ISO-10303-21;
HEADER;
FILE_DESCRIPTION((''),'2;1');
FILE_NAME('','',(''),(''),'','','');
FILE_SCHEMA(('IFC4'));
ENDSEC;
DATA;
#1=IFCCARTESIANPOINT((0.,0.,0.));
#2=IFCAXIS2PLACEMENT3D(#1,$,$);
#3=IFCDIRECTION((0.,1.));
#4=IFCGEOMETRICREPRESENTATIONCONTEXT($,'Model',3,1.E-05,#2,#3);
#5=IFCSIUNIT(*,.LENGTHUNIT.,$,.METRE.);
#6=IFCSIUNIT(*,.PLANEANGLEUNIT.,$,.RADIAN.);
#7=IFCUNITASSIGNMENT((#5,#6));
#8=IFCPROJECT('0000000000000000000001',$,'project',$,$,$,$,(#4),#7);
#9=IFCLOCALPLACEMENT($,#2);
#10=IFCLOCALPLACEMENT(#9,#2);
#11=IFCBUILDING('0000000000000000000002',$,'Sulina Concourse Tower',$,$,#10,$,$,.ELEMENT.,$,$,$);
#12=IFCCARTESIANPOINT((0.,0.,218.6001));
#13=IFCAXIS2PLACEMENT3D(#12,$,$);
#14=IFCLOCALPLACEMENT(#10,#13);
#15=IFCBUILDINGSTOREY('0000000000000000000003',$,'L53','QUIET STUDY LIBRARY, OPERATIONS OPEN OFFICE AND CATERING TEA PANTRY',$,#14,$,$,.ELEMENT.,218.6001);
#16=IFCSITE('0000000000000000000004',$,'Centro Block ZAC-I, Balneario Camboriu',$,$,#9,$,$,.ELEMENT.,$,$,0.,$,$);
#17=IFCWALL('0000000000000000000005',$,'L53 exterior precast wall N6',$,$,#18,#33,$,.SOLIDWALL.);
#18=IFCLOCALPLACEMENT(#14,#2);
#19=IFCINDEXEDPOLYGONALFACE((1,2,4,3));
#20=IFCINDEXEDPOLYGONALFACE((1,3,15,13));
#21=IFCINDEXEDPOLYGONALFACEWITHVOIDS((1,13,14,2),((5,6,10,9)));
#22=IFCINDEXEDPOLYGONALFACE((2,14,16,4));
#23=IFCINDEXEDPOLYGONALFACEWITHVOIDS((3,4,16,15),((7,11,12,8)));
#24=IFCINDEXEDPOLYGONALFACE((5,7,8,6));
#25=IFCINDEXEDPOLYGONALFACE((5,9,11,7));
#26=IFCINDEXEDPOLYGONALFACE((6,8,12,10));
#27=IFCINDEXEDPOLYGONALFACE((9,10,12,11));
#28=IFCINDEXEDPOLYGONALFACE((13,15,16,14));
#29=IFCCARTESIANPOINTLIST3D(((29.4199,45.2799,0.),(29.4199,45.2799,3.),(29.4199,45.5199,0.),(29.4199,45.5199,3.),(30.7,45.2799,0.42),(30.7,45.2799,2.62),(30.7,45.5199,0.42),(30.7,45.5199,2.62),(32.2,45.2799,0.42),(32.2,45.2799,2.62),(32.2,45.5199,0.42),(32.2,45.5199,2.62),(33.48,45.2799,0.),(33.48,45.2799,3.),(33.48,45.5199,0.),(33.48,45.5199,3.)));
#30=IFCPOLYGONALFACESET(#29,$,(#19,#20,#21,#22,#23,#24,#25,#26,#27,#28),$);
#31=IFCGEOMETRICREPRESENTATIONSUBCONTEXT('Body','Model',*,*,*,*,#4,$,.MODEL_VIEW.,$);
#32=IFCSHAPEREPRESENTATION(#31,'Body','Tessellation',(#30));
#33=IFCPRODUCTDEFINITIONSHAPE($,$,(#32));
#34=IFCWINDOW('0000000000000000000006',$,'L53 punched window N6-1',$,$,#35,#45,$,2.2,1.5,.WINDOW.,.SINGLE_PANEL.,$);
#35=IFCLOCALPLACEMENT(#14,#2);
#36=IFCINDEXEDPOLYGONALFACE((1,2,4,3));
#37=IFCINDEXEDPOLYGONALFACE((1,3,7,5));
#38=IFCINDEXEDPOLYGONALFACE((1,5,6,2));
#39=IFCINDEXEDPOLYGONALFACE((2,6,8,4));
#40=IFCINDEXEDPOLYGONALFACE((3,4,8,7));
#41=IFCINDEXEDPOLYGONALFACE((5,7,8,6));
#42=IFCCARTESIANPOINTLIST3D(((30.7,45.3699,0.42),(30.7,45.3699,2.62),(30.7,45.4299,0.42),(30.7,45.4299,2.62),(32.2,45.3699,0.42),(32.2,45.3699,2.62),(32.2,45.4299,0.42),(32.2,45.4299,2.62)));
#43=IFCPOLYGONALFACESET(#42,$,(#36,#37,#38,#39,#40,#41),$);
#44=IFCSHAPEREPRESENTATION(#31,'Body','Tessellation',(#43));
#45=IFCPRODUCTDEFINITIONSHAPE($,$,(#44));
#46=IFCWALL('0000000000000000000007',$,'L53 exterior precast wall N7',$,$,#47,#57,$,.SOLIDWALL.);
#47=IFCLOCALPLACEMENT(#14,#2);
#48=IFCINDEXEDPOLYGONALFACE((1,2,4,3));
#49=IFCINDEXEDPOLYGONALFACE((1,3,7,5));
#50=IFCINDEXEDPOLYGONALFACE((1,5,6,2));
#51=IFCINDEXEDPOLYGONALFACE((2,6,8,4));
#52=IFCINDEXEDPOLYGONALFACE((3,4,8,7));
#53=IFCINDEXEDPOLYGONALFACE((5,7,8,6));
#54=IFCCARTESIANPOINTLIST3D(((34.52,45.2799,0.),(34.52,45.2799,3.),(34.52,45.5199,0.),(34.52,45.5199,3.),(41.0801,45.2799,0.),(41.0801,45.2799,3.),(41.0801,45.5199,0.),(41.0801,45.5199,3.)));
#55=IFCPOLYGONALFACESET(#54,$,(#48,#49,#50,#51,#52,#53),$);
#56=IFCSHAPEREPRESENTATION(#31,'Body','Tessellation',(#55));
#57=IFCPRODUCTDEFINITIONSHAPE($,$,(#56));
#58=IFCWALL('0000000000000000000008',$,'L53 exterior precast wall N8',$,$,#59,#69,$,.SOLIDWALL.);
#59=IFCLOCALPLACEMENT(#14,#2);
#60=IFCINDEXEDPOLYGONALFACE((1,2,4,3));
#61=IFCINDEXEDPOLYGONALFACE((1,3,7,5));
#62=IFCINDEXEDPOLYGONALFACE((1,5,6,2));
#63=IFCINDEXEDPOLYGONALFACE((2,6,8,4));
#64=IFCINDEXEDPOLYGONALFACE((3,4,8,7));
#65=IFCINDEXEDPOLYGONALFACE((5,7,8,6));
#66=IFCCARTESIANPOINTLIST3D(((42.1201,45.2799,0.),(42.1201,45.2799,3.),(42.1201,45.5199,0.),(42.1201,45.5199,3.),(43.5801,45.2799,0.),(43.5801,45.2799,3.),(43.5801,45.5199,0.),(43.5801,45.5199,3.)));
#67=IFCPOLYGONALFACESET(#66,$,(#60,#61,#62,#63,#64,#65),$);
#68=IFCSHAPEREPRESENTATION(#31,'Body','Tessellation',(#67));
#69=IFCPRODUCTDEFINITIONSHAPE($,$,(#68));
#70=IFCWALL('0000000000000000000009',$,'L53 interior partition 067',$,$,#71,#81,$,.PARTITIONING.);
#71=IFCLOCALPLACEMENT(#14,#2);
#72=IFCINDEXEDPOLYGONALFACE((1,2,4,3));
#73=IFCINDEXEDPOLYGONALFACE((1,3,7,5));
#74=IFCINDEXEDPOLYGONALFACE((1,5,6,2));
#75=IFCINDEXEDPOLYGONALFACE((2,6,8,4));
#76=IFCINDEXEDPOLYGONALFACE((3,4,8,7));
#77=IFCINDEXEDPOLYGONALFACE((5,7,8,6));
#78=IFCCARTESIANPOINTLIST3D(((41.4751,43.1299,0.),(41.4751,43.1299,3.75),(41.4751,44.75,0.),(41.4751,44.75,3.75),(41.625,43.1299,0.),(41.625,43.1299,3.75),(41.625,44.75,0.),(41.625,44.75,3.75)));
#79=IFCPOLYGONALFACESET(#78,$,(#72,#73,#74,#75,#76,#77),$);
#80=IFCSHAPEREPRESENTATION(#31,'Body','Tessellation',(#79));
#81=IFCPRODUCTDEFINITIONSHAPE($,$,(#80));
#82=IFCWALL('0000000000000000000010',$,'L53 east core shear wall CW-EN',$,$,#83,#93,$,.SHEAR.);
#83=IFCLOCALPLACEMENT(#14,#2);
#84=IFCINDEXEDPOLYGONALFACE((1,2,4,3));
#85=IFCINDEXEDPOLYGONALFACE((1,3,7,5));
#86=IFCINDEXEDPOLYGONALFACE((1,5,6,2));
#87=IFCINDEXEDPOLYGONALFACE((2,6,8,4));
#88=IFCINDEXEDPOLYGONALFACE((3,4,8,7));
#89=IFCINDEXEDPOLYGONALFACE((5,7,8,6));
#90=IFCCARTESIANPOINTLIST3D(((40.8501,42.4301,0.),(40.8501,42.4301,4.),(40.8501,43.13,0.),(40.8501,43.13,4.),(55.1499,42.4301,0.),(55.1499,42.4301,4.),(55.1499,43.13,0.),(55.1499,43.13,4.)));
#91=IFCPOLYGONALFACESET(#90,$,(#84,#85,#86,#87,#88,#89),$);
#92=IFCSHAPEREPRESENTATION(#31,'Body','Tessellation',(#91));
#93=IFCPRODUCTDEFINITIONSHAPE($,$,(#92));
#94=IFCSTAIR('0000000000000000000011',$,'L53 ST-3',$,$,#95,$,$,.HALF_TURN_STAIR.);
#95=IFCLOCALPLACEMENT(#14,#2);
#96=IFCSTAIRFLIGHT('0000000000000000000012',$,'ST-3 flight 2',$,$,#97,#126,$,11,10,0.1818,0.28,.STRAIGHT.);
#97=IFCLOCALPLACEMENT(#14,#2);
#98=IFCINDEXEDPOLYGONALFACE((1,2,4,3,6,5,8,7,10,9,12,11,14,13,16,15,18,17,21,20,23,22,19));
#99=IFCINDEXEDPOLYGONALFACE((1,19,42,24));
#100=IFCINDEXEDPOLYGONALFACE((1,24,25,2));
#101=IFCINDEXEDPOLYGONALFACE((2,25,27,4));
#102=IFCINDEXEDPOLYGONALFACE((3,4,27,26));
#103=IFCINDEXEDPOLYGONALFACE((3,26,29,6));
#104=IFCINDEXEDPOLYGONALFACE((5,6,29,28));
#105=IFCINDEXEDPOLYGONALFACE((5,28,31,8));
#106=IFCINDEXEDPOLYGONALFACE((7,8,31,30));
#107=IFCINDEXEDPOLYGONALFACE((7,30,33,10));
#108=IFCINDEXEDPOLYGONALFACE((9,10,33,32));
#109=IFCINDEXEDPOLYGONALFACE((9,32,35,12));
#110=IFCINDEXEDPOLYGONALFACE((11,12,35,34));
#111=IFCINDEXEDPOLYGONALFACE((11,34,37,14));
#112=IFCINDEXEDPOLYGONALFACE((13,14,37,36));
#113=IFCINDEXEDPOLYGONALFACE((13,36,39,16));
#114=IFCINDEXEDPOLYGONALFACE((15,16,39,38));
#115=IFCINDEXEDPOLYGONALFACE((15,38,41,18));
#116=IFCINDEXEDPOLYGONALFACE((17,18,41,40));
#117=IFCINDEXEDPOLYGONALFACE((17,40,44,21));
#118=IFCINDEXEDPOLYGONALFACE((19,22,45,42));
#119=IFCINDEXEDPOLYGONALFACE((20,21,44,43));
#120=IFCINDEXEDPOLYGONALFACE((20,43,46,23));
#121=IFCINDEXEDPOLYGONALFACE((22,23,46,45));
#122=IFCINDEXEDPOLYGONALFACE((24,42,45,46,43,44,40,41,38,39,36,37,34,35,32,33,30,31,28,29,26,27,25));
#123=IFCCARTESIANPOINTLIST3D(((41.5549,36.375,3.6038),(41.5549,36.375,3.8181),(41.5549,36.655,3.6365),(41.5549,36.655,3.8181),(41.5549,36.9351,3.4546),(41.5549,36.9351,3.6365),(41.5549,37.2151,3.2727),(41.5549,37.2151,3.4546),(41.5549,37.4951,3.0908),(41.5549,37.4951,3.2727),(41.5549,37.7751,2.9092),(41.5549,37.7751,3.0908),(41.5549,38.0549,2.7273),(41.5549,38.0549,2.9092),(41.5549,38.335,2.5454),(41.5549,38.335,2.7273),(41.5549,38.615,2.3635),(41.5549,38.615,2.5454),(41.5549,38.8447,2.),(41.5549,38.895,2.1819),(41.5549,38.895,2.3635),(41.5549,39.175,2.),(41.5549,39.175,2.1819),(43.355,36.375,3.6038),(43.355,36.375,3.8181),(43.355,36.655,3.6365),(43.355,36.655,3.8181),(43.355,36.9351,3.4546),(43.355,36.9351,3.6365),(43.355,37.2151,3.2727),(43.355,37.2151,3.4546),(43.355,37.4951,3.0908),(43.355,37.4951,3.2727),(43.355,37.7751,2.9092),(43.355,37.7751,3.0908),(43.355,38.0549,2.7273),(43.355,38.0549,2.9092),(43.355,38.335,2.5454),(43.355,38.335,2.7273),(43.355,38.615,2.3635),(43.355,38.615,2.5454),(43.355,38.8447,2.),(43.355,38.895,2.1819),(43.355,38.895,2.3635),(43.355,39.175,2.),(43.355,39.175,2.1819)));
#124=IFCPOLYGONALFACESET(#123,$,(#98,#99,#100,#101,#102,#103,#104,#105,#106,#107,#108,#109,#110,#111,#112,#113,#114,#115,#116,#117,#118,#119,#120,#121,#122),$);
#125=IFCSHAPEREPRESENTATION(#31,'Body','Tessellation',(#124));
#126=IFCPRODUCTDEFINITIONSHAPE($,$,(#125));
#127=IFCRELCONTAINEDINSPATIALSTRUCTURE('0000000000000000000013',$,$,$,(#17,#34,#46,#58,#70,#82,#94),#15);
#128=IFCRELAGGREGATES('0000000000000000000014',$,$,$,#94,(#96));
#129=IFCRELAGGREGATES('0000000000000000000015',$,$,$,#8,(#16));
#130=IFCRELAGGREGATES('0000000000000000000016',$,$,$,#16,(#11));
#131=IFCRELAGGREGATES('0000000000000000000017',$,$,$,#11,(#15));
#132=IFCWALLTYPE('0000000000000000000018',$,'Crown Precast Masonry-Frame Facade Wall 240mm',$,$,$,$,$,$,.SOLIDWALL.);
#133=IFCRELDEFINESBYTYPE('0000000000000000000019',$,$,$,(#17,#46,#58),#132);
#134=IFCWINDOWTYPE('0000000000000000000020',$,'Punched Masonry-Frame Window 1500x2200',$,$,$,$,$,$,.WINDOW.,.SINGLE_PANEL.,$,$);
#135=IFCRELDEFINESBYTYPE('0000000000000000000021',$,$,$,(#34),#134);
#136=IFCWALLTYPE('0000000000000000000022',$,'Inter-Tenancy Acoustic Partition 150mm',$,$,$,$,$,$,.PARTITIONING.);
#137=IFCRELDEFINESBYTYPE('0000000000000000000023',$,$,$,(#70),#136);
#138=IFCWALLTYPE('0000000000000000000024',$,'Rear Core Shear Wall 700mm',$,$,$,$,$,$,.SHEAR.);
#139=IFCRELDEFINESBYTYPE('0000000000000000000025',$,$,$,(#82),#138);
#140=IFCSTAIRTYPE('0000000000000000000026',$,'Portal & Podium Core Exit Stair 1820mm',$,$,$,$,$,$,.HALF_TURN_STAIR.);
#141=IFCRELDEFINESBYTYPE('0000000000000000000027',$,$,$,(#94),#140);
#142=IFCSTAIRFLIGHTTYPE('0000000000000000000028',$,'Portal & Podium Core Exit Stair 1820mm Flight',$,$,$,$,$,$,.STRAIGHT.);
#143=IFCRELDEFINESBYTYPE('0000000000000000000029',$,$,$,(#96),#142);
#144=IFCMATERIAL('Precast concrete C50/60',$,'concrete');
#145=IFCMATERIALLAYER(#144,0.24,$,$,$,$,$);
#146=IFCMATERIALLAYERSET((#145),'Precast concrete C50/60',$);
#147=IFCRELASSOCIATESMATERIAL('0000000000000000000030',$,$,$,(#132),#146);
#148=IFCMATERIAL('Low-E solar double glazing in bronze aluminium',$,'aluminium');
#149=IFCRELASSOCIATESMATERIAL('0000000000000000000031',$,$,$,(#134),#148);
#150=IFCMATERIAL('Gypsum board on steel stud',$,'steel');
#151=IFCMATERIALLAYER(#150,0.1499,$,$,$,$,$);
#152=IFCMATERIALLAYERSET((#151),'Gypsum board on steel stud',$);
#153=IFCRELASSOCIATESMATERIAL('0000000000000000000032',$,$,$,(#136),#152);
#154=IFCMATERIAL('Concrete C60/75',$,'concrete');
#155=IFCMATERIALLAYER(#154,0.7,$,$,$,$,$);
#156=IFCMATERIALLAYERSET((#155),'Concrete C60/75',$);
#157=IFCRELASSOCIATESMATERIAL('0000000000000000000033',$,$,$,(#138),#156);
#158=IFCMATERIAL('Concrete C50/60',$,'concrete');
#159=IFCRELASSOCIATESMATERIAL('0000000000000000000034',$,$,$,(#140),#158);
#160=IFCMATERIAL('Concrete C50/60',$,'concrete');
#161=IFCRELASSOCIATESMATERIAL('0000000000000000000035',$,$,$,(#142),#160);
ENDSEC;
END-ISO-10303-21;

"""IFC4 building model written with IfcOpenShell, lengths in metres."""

from ifc_helpers import new_model, si_unit, direction, frame, frame_2d, origin, place, context, subcontext, project, spatial, polyline, rectangle, outline, extrude, material, layer, layer_set, type_object, element, fill, aggregate, save


model = new_model("IFC4")

# Units and contexts
model_context = context("Model", 3, precision=1e-05, world=origin(), true_north=direction((0.0, 1.0)))
body_context = subcontext(model_context, "Body", "Model", "MODEL_VIEW")
ifc_project = project(units=[si_unit("LENGTHUNIT", "METRE"), si_unit("PLANEANGLEUNIT", "RADIAN")], contexts=[model_context])

# Site, building, storey
site_placement = place(None, origin())
site = spatial("IfcSite", under=ifc_project, at=site_placement, Name="Centro Block ZAC-I, Balneario Camboriu", CompositionType="ELEMENT", RefElevation=0.0)
building_placement = place(site_placement, origin())
building = spatial("IfcBuilding", under=site, at=building_placement, Name="Sulina Concourse Tower", CompositionType="ELEMENT")
storey_placement = place(building_placement, frame((0.0, 0.0, 218.6001)))
storey = spatial("IfcBuildingStorey", under=building, at=storey_placement, Name="L53", Description="QUIET STUDY LIBRARY, OPERATIONS OPEN OFFICE AND CATERING TEA PANTRY", CompositionType="ELEMENT", Elevation=218.6001)

# Wall, opening, window
ifc_material_1 = material(Name="Precast concrete C50/60", Category="concrete")
ifc_layer_1 = layer(ifc_material_1, 0.24)
ifc_layer_set_1 = layer_set([ifc_layer_1], Name="Precast concrete C50/60")
wall_type_1 = type_object("IfcWallType", Name="Crown Precast Masonry-Frame Facade Wall 240mm", PredefinedType="SOLIDWALL", material=ifc_layer_set_1)
ifc_material_2 = material(Name="Low-E solar double glazing in bronze aluminium", Category="aluminium")
window_type = type_object("IfcWindowType", Name="Punched Masonry-Frame Window 1500x2200", PartitioningType="SINGLE_PANEL", PredefinedType="WINDOW", material=ifc_material_2)
wall_1_placement = place(storey_placement, frame((29.4199, 45.3999, 0.0), z_axis=(0.0, 0.0, 1.0), x_axis=(1.0, 0.0, 0.0)))
wall_1 = element("IfcWall", 1, at=wall_1_placement, inside=storey, type_object=wall_type_1, Name="L53 exterior precast wall N6", PredefinedType="SOLIDWALL", context=body_context, shape_type="SweptSolid", body=[
    extrude(rectangle(XDim=4.0601, YDim=0.24, at=frame_2d((2.03, 0.0))), origin(), (0.0, 0.0, 1.0), 3.0),
])
opening_1_placement = place(wall_1_placement, frame((1.28, 0.0, 0.4199)))
opening_1 = element("IfcOpeningElement", 2, at=opening_1_placement, cuts=wall_1, PredefinedType="OPENING", context=body_context, shape_type="SweptSolid", body=[
    extrude(rectangle(XDim=1.5, YDim=2.2, at=frame_2d((0.75, 1.1001))), frame((0.0, 0.1299, 0.0), z_axis=(0.0, -1.0, 0.0), x_axis=(1.0, 0.0, 0.0)), (0.0, 0.0, 1.0), 0.26),
])
window_1_placement = place(opening_1_placement, origin())
window_1 = element("IfcWindow", 3, at=window_1_placement, inside=storey, type_object=window_type, Name="L53 punched window N6-1", OverallHeight=2.2, OverallWidth=1.5, PartitioningType="SINGLE_PANEL", PredefinedType="WINDOW", context=body_context, shape_type="SweptSolid", body=[
    extrude(rectangle(XDim=1.5, YDim=2.2, at=frame_2d((0.75, 1.1001))), frame((0.0, 0.03, 0.0), z_axis=(0.0, -1.0, 0.0), x_axis=(1.0, 0.0, 0.0)), (0.0, 0.0, 1.0), 0.0601),
])
fill(opening_1, window_1)

# Walls
wall_2_placement = place(storey_placement, frame((34.52, 45.3999, 0.0), z_axis=(0.0, 0.0, 1.0), x_axis=(1.0, 0.0, 0.0)))
element("IfcWall", 4, at=wall_2_placement, inside=storey, type_object=wall_type_1, Name="L53 exterior precast wall N7", PredefinedType="SOLIDWALL", context=body_context, shape_type="SweptSolid", body=[
    extrude(rectangle(XDim=6.5601, YDim=0.24, at=frame_2d((3.28, 0.0))), origin(), (0.0, 0.0, 1.0), 3.0),
])
wall_3_placement = place(storey_placement, frame((42.1201, 45.3999, 0.0), z_axis=(0.0, 0.0, 1.0), x_axis=(1.0, 0.0, 0.0)))
element("IfcWall", 5, at=wall_3_placement, inside=storey, type_object=wall_type_1, Name="L53 exterior precast wall N8", PredefinedType="SOLIDWALL", context=body_context, shape_type="SweptSolid", body=[
    extrude(rectangle(XDim=1.46, YDim=0.24, at=frame_2d((0.73, 0.0))), origin(), (0.0, 0.0, 1.0), 3.0),
])
ifc_material_3 = material(Name="Gypsum board on steel stud", Category="steel")
ifc_layer_2 = layer(ifc_material_3, 0.1499)
ifc_layer_set_2 = layer_set([ifc_layer_2], Name="Gypsum board on steel stud")
wall_type_2 = type_object("IfcWallType", Name="Inter-Tenancy Acoustic Partition 150mm", PredefinedType="PARTITIONING", material=ifc_layer_set_2)
wall_4_placement = place(storey_placement, frame((41.55, 43.1299, 0.0), z_axis=(0.0, 0.0, 1.0), x_axis=(0.0, 1.0, 0.0)))
element("IfcWall", 6, at=wall_4_placement, inside=storey, type_object=wall_type_2, Name="L53 interior partition 067", PredefinedType="PARTITIONING", context=body_context, shape_type="SweptSolid", body=[
    extrude(rectangle(XDim=1.6201, YDim=0.1499, at=frame_2d((0.8101, 0.0))), origin(), (0.0, 0.0, 1.0), 3.75),
])
ifc_material_4 = material(Name="Concrete C60/75", Category="concrete")
ifc_layer_3 = layer(ifc_material_4, 0.7)
ifc_layer_set_3 = layer_set([ifc_layer_3], Name="Concrete C60/75")
wall_type_3 = type_object("IfcWallType", Name="Rear Core Shear Wall 700mm", PredefinedType="SHEAR", material=ifc_layer_set_3)
wall_5_placement = place(storey_placement, frame((40.8501, 42.78, 0.0), z_axis=(0.0, 0.0, 1.0), x_axis=(1.0, 0.0, 0.0)))
element("IfcWall", 7, at=wall_5_placement, inside=storey, type_object=wall_type_3, Name="L53 east core shear wall CW-EN", PredefinedType="SHEAR", context=body_context, shape_type="SweptSolid", body=[
    extrude(rectangle(XDim=14.2998, YDim=0.7, at=frame_2d((7.1499, 0.0))), origin(), (0.0, 0.0, 1.0), 4.0),
])

# Stair, stair flight
ifc_material_5 = material(Name="Concrete C50/60", Category="concrete")
stair_type = type_object("IfcStairType", Name="Portal & Podium Core Exit Stair 1820mm", PredefinedType="HALF_TURN_STAIR", material=ifc_material_5)
stair_placement = place(storey_placement, origin())
stair = element("IfcStair", 8, at=stair_placement, inside=storey, type_object=stair_type, Name="L53 ST-3", PredefinedType="HALF_TURN_STAIR")
ifc_material_6 = material(Name="Concrete C50/60", Category="concrete")
stair_flight_type = type_object("IfcStairFlightType", Name="Portal & Podium Core Exit Stair 1820mm Flight", PredefinedType="STRAIGHT", material=ifc_material_6)
stair_flight_placement = place(storey_placement, frame((42.4551, 39.175, 2.0), z_axis=(0.0, 0.0, 1.0), x_axis=(0.0, -1.0, 0.0)))
stair_flight = element("IfcStairFlight", 9, at=stair_flight_placement, type_object=stair_flight_type, Name="ST-3 flight 2", NumberOfRisers=11, NumberOfTreads=10, PredefinedType="STRAIGHT", RiserHeight=0.1818, TreadLength=0.28, context=body_context, shape_type="SweptSolid", body=[
    extrude(outline(polyline([(0.0, 0.0), (0.0, 0.1819), (0.28, 0.1819), (0.28, 0.3635), (0.5601, 0.3635), (0.5601, 0.5454), (0.8401, 0.5454), (0.8401, 0.7273), (1.1201, 0.7273), (1.1201, 0.9092), (1.3999, 0.9092), (1.3999, 1.0908), (1.6799, 1.0908), (1.6799, 1.2727), (1.96, 1.2727), (1.96, 1.4546), (2.24, 1.4546), (2.24, 1.6365), (2.52, 1.6365), (2.52, 1.8181), (2.8, 1.8181), (2.8, 2.0), (2.8, 1.6038), (0.3303, 0.0), (0.0, 0.0)])), frame((0.0, 0.8999, 0.0), z_axis=(0.0, -1.0, 0.0), x_axis=(1.0, 0.0, 0.0)), (0.0, 0.0, 1.0), 1.8),
])
aggregate(stair, [stair_flight])

save(model, "model.ifc")
